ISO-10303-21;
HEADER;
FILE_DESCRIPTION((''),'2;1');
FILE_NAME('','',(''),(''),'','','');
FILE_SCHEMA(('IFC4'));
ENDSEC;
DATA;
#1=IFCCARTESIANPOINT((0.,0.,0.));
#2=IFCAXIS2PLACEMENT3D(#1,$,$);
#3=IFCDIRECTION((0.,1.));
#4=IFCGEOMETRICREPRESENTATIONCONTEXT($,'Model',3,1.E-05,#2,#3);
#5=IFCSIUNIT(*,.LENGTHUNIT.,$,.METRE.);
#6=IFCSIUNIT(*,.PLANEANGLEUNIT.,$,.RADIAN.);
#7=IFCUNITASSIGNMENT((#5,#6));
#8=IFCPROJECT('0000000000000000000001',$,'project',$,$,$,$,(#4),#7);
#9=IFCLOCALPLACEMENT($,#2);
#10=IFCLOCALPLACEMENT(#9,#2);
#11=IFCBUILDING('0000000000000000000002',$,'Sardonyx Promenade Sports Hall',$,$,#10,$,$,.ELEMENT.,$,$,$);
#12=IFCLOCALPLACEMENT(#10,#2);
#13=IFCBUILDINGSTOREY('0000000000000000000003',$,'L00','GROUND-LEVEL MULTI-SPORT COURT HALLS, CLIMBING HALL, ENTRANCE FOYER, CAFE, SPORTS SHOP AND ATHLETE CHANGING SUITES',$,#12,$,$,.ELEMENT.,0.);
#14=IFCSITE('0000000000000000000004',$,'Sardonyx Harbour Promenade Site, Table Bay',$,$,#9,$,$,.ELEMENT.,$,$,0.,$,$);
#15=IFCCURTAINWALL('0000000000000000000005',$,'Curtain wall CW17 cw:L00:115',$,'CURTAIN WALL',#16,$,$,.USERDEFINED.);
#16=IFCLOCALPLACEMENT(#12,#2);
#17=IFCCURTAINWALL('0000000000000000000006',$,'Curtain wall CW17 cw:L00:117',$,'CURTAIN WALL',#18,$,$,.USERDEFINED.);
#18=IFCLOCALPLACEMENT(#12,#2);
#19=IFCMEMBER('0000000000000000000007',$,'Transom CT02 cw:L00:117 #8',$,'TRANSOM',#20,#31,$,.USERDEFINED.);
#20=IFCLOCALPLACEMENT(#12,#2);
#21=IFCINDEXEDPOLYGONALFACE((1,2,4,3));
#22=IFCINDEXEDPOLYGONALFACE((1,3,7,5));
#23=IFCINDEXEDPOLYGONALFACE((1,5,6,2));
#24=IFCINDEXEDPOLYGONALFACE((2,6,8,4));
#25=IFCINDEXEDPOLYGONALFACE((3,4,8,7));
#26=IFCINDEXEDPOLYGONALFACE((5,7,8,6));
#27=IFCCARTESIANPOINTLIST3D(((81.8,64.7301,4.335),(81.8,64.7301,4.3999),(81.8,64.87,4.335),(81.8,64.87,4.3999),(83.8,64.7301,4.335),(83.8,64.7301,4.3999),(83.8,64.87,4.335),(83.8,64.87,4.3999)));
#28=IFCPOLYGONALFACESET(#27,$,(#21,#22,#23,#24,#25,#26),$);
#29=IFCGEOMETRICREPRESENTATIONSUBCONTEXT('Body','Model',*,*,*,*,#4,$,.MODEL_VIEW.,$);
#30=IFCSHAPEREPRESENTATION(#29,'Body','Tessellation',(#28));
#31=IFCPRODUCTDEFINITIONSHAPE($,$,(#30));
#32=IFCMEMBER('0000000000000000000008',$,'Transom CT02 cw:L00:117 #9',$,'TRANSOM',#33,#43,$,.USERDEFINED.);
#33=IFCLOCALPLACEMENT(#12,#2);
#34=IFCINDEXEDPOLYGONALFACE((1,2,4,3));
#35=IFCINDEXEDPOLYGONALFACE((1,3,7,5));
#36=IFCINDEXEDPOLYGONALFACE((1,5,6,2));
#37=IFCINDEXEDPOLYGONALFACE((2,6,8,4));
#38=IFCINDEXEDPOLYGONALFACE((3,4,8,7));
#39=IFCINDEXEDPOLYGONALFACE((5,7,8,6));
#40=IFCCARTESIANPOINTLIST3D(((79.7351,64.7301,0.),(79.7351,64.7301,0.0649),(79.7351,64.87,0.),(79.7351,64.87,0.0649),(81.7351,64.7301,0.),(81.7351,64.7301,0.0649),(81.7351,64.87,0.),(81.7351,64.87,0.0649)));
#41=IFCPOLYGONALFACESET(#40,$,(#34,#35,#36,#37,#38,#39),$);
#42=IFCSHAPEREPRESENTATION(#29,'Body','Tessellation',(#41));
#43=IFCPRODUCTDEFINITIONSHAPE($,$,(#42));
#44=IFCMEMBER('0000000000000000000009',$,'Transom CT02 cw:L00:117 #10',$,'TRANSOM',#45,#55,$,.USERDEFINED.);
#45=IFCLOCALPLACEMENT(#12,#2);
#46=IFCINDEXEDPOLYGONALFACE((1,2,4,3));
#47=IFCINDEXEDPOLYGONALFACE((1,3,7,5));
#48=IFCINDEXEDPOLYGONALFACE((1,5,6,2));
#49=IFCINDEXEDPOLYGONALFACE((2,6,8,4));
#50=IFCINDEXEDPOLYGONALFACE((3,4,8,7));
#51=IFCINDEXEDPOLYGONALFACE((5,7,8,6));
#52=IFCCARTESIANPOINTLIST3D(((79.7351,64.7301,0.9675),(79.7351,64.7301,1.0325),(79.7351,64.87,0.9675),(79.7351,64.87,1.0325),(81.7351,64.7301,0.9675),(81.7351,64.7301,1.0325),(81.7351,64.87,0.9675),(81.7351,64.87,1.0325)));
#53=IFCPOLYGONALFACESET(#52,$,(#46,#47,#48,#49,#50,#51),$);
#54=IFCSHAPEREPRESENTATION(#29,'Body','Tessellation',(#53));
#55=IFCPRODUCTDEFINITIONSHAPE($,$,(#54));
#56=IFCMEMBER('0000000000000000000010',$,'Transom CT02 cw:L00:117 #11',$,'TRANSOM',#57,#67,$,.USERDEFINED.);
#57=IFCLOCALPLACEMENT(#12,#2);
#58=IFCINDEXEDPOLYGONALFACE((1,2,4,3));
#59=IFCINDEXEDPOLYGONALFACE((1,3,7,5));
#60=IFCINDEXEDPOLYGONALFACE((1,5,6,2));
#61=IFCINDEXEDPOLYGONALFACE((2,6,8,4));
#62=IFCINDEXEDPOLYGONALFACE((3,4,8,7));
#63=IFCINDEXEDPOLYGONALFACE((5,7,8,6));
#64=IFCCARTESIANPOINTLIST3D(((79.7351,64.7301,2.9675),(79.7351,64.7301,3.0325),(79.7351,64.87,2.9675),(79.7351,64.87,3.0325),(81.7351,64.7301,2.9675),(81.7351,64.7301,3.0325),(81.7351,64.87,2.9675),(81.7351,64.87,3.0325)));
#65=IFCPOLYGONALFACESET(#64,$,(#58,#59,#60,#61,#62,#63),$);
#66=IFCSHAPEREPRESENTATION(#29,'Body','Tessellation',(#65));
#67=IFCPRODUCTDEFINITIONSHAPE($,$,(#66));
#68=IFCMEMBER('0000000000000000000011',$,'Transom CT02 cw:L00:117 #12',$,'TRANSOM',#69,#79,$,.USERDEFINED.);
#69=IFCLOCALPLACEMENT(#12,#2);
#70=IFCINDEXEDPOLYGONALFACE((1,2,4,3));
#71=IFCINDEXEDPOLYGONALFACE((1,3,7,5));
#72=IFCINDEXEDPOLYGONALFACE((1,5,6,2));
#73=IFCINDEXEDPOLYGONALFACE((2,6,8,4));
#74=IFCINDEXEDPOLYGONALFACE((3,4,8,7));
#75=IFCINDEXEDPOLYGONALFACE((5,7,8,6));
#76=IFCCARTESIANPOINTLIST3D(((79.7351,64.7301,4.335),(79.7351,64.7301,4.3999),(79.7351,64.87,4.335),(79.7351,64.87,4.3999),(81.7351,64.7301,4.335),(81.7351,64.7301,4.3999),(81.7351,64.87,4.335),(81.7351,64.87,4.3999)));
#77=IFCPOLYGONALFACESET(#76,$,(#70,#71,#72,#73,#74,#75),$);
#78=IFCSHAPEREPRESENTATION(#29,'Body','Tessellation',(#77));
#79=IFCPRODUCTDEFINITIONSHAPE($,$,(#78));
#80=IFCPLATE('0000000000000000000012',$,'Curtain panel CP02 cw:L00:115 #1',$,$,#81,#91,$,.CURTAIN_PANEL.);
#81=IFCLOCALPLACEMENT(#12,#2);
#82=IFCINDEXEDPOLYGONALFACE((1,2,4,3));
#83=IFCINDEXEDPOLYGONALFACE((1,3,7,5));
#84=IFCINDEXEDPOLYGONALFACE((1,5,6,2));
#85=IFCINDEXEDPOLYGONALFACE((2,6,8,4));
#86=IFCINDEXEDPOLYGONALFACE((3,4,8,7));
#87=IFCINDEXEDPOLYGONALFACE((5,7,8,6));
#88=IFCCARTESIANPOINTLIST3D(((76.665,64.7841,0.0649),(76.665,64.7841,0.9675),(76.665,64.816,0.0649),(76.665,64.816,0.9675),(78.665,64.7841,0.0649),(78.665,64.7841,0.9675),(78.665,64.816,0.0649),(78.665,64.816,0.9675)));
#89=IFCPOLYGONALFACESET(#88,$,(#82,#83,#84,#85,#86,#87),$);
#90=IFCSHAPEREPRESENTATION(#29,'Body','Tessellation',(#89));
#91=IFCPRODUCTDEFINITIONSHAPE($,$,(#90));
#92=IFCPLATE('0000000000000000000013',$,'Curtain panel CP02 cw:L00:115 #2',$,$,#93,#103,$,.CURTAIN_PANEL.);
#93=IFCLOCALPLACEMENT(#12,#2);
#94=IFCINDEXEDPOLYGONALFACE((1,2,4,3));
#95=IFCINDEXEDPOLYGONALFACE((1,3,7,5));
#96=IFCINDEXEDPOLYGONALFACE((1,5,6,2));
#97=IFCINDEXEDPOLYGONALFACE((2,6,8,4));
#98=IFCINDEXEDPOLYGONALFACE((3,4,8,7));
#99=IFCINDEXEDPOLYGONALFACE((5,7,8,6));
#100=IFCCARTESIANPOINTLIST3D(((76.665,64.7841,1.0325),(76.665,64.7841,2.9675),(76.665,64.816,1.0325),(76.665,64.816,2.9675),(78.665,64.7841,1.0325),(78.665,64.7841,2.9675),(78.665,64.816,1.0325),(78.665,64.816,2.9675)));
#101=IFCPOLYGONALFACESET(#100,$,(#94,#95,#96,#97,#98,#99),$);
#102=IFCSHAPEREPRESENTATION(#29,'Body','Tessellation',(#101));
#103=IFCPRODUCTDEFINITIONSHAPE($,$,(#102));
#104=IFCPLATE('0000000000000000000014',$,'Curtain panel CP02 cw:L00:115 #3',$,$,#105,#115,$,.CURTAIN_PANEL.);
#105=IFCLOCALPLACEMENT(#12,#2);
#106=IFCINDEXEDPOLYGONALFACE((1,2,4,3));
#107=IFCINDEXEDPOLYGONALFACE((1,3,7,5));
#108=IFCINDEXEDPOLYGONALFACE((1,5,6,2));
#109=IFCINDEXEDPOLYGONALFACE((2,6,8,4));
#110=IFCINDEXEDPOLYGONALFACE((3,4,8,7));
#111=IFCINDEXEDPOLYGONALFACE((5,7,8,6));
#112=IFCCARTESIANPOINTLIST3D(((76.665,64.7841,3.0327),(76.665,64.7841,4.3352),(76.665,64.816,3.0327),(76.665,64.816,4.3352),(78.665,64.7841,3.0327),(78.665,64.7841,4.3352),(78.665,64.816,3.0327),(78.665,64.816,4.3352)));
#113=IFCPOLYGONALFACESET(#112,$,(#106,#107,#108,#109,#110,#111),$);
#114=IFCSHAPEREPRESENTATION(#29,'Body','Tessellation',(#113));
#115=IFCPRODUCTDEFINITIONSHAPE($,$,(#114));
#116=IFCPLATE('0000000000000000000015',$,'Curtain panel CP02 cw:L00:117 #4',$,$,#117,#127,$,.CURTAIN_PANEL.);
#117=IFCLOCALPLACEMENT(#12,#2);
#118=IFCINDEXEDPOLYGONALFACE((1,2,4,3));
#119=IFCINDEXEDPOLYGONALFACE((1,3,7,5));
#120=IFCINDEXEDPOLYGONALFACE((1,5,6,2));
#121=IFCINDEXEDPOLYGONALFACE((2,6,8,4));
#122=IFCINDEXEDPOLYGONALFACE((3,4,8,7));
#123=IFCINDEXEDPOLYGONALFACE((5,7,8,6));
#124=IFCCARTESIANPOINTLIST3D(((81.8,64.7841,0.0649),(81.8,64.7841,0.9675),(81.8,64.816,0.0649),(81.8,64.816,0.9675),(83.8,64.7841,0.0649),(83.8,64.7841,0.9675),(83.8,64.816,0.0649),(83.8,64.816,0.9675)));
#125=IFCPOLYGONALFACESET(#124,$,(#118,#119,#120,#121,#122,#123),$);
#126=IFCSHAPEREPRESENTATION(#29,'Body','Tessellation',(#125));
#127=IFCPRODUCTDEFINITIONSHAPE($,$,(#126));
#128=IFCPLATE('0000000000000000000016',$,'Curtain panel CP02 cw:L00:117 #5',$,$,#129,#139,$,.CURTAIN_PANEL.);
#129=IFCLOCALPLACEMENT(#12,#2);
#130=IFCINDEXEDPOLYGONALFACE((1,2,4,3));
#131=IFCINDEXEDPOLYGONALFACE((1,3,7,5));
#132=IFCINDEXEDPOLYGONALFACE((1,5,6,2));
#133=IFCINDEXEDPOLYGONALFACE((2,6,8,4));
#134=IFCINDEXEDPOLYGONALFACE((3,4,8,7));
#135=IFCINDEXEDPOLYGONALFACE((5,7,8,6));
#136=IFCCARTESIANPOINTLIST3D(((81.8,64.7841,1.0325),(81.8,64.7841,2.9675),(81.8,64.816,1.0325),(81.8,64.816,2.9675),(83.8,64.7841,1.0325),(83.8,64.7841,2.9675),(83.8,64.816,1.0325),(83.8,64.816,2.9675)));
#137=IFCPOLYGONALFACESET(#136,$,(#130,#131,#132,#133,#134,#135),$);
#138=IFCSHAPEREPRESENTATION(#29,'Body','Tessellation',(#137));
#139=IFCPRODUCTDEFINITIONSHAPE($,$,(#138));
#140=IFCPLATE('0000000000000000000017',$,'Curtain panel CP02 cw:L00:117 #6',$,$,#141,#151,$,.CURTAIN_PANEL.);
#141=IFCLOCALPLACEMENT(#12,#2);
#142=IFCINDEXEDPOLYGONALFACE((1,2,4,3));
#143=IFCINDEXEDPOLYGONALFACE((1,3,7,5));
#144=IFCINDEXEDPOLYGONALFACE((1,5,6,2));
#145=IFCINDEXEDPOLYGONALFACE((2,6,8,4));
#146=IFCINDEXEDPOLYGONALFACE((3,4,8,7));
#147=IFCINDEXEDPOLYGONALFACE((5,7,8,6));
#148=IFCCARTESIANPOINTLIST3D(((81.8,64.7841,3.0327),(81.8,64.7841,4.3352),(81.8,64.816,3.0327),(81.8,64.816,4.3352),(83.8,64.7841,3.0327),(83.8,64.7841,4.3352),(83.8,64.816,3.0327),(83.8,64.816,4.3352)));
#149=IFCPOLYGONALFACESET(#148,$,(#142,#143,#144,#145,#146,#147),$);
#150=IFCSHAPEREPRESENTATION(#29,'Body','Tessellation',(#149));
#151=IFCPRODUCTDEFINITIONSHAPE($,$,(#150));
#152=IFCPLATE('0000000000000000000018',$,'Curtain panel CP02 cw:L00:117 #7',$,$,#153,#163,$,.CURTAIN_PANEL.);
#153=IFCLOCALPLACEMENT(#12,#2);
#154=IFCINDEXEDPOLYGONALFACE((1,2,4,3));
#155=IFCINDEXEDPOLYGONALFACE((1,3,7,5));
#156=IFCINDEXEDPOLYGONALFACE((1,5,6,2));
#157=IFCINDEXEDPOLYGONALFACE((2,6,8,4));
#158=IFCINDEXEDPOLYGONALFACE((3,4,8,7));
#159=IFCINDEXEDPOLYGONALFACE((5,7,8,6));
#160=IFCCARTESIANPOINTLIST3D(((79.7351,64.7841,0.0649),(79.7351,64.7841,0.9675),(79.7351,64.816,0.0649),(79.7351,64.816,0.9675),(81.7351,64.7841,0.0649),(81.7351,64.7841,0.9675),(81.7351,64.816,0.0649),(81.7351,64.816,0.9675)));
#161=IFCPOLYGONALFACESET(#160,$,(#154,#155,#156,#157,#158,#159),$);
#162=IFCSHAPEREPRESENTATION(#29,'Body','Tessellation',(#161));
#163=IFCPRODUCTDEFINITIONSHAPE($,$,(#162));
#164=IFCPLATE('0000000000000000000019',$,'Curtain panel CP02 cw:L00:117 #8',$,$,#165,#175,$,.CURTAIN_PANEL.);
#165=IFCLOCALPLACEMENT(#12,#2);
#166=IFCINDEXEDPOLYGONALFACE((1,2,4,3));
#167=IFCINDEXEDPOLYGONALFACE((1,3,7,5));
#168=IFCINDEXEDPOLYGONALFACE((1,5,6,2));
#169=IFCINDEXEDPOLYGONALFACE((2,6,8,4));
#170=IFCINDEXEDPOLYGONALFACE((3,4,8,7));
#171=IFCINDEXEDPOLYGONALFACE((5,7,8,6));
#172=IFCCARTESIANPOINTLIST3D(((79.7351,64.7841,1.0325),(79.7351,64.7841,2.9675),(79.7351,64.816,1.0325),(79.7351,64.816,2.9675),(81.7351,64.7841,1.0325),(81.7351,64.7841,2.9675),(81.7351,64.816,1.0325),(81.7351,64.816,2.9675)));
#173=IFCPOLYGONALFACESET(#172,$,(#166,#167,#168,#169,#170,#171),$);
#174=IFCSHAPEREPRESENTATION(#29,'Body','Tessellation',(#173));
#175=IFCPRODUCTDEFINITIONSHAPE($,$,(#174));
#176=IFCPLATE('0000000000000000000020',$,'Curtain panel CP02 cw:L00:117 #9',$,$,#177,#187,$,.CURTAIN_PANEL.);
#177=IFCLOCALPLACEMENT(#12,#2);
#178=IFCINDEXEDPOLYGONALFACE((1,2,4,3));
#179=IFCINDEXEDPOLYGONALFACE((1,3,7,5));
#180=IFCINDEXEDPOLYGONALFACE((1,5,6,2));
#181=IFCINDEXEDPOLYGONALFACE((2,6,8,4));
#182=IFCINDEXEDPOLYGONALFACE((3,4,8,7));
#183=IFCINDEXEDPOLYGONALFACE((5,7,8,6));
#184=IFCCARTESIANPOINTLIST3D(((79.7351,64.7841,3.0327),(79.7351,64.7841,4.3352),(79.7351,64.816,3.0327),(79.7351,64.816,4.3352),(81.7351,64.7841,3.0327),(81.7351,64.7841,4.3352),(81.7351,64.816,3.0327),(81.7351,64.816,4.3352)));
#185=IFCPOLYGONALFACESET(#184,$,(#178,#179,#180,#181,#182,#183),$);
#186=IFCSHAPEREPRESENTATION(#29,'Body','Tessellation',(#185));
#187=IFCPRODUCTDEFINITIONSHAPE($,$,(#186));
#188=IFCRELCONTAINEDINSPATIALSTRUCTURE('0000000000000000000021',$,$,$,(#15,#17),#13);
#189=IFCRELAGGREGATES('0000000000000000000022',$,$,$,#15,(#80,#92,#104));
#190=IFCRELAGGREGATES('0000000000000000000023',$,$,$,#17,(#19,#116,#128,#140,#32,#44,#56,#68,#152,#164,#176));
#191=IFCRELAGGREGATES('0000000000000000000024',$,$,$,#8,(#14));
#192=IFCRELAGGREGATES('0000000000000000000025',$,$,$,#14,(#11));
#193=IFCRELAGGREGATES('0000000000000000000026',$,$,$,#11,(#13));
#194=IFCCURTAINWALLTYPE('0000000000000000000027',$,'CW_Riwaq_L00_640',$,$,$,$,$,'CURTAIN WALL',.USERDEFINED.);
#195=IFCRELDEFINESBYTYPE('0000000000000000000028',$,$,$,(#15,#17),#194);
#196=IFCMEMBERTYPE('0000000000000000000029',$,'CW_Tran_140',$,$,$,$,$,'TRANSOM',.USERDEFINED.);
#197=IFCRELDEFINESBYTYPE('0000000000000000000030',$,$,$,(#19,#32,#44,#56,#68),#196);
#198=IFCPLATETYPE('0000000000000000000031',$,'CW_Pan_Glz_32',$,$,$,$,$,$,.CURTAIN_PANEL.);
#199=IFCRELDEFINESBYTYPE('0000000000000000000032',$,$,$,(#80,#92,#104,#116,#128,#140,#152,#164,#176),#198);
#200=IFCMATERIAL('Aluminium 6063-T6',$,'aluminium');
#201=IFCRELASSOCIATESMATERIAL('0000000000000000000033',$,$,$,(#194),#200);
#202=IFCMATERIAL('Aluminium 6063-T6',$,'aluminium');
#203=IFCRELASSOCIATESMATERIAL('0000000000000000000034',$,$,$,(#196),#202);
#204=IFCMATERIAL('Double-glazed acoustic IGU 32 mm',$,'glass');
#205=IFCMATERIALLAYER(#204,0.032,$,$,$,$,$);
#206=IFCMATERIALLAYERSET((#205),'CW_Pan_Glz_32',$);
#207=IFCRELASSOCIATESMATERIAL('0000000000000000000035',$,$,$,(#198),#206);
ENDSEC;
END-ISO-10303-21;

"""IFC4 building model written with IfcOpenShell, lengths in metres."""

from ifc_helpers import new_model, si_unit, direction, frame, origin, origin_2d, place, context, subcontext, project, spatial, rectangle, extrude, material, layer, layer_set, material_profile, profile_set, type_object, element, aggregate, save


model = new_model("IFC4")

# Units and contexts
model_context = context("Model", 3, precision=1e-05, world=origin(), true_north=direction((0.0, 1.0)))
body_context = subcontext(model_context, "Body", "Model", "MODEL_VIEW")
ifc_project = project(units=[si_unit("LENGTHUNIT", "METRE"), si_unit("PLANEANGLEUNIT", "RADIAN")], contexts=[model_context])

# Site, building, storey
site_placement = place(None, origin())
site = spatial("IfcSite", under=ifc_project, at=site_placement, Name="Sardonyx Harbour Promenade Site, Table Bay", CompositionType="ELEMENT", RefElevation=0.0)
building_placement = place(site_placement, origin())
building = spatial("IfcBuilding", under=site, at=building_placement, Name="Sardonyx Promenade Sports Hall", CompositionType="ELEMENT")
storey_placement = place(building_placement, origin())
storey = spatial("IfcBuildingStorey", under=building, at=storey_placement, Name="L00", Description="GROUND-LEVEL MULTI-SPORT COURT HALLS, CLIMBING HALL, ENTRANCE FOYER, CAFE, SPORTS SHOP AND ATHLETE CHANGING SUITES", CompositionType="ELEMENT", Elevation=0.0)

# Curtain wall
ifc_material_1 = material(Name="Aluminium 6063-T6", Category="aluminium")
curtain_wall_type = type_object("IfcCurtainWallType", Name="CW_Riwaq_L00_640", ElementType="CURTAIN WALL", PredefinedType="USERDEFINED", material=ifc_material_1)
curtain_wall_1_placement = place(storey_placement, origin())
curtain_wall_1 = element("IfcCurtainWall", 1, at=curtain_wall_1_placement, inside=storey, type_object=curtain_wall_type, Name="Curtain wall CW17 cw:L00:115", ObjectType="CURTAIN WALL", PredefinedType="USERDEFINED")

# Curtain wall
curtain_wall_2_placement = place(storey_placement, origin())
curtain_wall_2 = element("IfcCurtainWall", 2, at=curtain_wall_2_placement, inside=storey, type_object=curtain_wall_type, Name="Curtain wall CW17 cw:L00:117", ObjectType="CURTAIN WALL", PredefinedType="USERDEFINED")

# Members
ifc_material_2 = material(Name="Aluminium 6063-T6", Category="aluminium")
ifc_material_profile_1 = material_profile(ifc_material_2, rectangle(XDim=0.0649, YDim=0.1399, at=origin_2d()))
ifc_profile_set_1 = profile_set([ifc_material_profile_1], Name="Aluminium 6063-T6")
member_type_1 = type_object("IfcMemberType", Name="CW_Tran_140", ElementType="TRANSOM", PredefinedType="USERDEFINED", material=ifc_profile_set_1)
member_1_placement = place(storey_placement, frame((83.8, 64.8, 4.3674), z_axis=(-1.0, 0.0, 0.0), x_axis=(0.0, 0.0, 1.0)))
member_1 = element("IfcMember", 3, at=member_1_placement, type_object=member_type_1, Name="Transom CT02 cw:L00:117 #8", ObjectType="TRANSOM", PredefinedType="USERDEFINED", context=body_context, shape_type="SweptSolid", body=[
    extrude(rectangle(XDim=0.0649, YDim=0.1399, at=origin_2d()), origin(), (0.0, 0.0, 1.0), 2.0),
])
member_2_placement = place(storey_placement, frame((81.7351, 64.8, 0.0325), z_axis=(-1.0, 0.0, 0.0), x_axis=(0.0, 0.0, 1.0)))
member_2 = element("IfcMember", 4, at=member_2_placement, type_object=member_type_1, Name="Transom CT02 cw:L00:117 #9", ObjectType="TRANSOM", PredefinedType="USERDEFINED", context=body_context, shape_type="SweptSolid", body=[
    extrude(rectangle(XDim=0.0649, YDim=0.1399, at=origin_2d()), origin(), (0.0, 0.0, 1.0), 2.0),
])
member_3_placement = place(storey_placement, frame((81.7351, 64.8, 1.0), z_axis=(-1.0, 0.0, 0.0), x_axis=(0.0, 0.0, 1.0)))
member_3 = element("IfcMember", 5, at=member_3_placement, type_object=member_type_1, Name="Transom CT02 cw:L00:117 #10", ObjectType="TRANSOM", PredefinedType="USERDEFINED", context=body_context, shape_type="SweptSolid", body=[
    extrude(rectangle(XDim=0.0649, YDim=0.1399, at=origin_2d()), origin(), (0.0, 0.0, 1.0), 2.0),
])
member_4_placement = place(storey_placement, frame((81.7351, 64.8, 3.0), z_axis=(-1.0, 0.0, 0.0), x_axis=(0.0, 0.0, 1.0)))
member_4 = element("IfcMember", 6, at=member_4_placement, type_object=member_type_1, Name="Transom CT02 cw:L00:117 #11", ObjectType="TRANSOM", PredefinedType="USERDEFINED", context=body_context, shape_type="SweptSolid", body=[
    extrude(rectangle(XDim=0.0649, YDim=0.1399, at=origin_2d()), origin(), (0.0, 0.0, 1.0), 2.0),
])
member_5_placement = place(storey_placement, frame((81.7351, 64.8, 4.3674), z_axis=(-1.0, 0.0, 0.0), x_axis=(0.0, 0.0, 1.0)))
member_5 = element("IfcMember", 7, at=member_5_placement, type_object=member_type_1, Name="Transom CT02 cw:L00:117 #12", ObjectType="TRANSOM", PredefinedType="USERDEFINED", context=body_context, shape_type="SweptSolid", body=[
    extrude(rectangle(XDim=0.0649, YDim=0.1399, at=origin_2d()), origin(), (0.0, 0.0, 1.0), 2.0),
])

# Plates
ifc_material_3 = material(Name="Double-glazed acoustic IGU 32 mm", Category="glass")
ifc_layer = layer(ifc_material_3, 0.032)
ifc_layer_set = layer_set([ifc_layer], Name="CW_Pan_Glz_32")
plate_type = type_object("IfcPlateType", Name="CW_Pan_Glz_32", PredefinedType="CURTAIN_PANEL", material=ifc_layer_set)
plate_1_placement = place(storey_placement, frame((77.665, 64.8, 0.0649), z_axis=(0.0, 0.0, 1.0), x_axis=(-1.0, 0.0, 0.0)))
plate_1 = element("IfcPlate", 8, at=plate_1_placement, type_object=plate_type, Name="Curtain panel CP02 cw:L00:115 #1", PredefinedType="CURTAIN_PANEL", context=body_context, shape_type="SweptSolid", body=[
    extrude(rectangle(XDim=2.0, YDim=0.032, at=origin_2d()), origin(), (0.0, 0.0, 1.0), 0.9026),
])
plate_2_placement = place(storey_placement, frame((77.665, 64.8, 1.0325), z_axis=(0.0, 0.0, 1.0), x_axis=(-1.0, 0.0, 0.0)))
plate_2 = element("IfcPlate", 9, at=plate_2_placement, type_object=plate_type, Name="Curtain panel CP02 cw:L00:115 #2", PredefinedType="CURTAIN_PANEL", context=body_context, shape_type="SweptSolid", body=[
    extrude(rectangle(XDim=2.0, YDim=0.032, at=origin_2d()), origin(), (0.0, 0.0, 1.0), 1.9351),
])
plate_3_placement = place(storey_placement, frame((77.665, 64.8, 3.0327), z_axis=(0.0, 0.0, 1.0), x_axis=(-1.0, 0.0, 0.0)))
plate_3 = element("IfcPlate", 10, at=plate_3_placement, type_object=plate_type, Name="Curtain panel CP02 cw:L00:115 #3", PredefinedType="CURTAIN_PANEL", context=body_context, shape_type="SweptSolid", body=[
    extrude(rectangle(XDim=2.0, YDim=0.032, at=origin_2d()), origin(), (0.0, 0.0, 1.0), 1.3025),
])
aggregate(curtain_wall_1, [plate_1, plate_2, plate_3])
plate_4_placement = place(storey_placement, frame((82.8, 64.8, 0.0649), z_axis=(0.0, 0.0, 1.0), x_axis=(-1.0, 0.0, 0.0)))
plate_4 = element("IfcPlate", 11, at=plate_4_placement, type_object=plate_type, Name="Curtain panel CP02 cw:L00:117 #4", PredefinedType="CURTAIN_PANEL", context=body_context, shape_type="SweptSolid", body=[
    extrude(rectangle(XDim=2.0, YDim=0.032, at=origin_2d()), origin(), (0.0, 0.0, 1.0), 0.9026),
])
plate_5_placement = place(storey_placement, frame((82.8, 64.8, 1.0325), z_axis=(0.0, 0.0, 1.0), x_axis=(-1.0, 0.0, 0.0)))
plate_5 = element("IfcPlate", 12, at=plate_5_placement, type_object=plate_type, Name="Curtain panel CP02 cw:L00:117 #5", PredefinedType="CURTAIN_PANEL", context=body_context, shape_type="SweptSolid", body=[
    extrude(rectangle(XDim=2.0, YDim=0.032, at=origin_2d()), origin(), (0.0, 0.0, 1.0), 1.9351),
])
plate_6_placement = place(storey_placement, frame((82.8, 64.8, 3.0327), z_axis=(0.0, 0.0, 1.0), x_axis=(-1.0, 0.0, 0.0)))
plate_6 = element("IfcPlate", 13, at=plate_6_placement, type_object=plate_type, Name="Curtain panel CP02 cw:L00:117 #6", PredefinedType="CURTAIN_PANEL", context=body_context, shape_type="SweptSolid", body=[
    extrude(rectangle(XDim=2.0, YDim=0.032, at=origin_2d()), origin(), (0.0, 0.0, 1.0), 1.3025),
])
plate_7_placement = place(storey_placement, frame((80.7351, 64.8, 0.0649), z_axis=(0.0, 0.0, 1.0), x_axis=(-1.0, 0.0, 0.0)))
plate_7 = element("IfcPlate", 14, at=plate_7_placement, type_object=plate_type, Name="Curtain panel CP02 cw:L00:117 #7", PredefinedType="CURTAIN_PANEL", context=body_context, shape_type="SweptSolid", body=[
    extrude(rectangle(XDim=2.0, YDim=0.032, at=origin_2d()), origin(), (0.0, 0.0, 1.0), 0.9026),
])
plate_8_placement = place(storey_placement, frame((80.7351, 64.8, 1.0325), z_axis=(0.0, 0.0, 1.0), x_axis=(-1.0, 0.0, 0.0)))
plate_8 = element("IfcPlate", 15, at=plate_8_placement, type_object=plate_type, Name="Curtain panel CP02 cw:L00:117 #8", PredefinedType="CURTAIN_PANEL", context=body_context, shape_type="SweptSolid", body=[
    extrude(rectangle(XDim=2.0, YDim=0.032, at=origin_2d()), origin(), (0.0, 0.0, 1.0), 1.9351),
])
plate_9_placement = place(storey_placement, frame((80.7351, 64.8, 3.0327), z_axis=(0.0, 0.0, 1.0), x_axis=(-1.0, 0.0, 0.0)))
plate_9 = element("IfcPlate", 16, at=plate_9_placement, type_object=plate_type, Name="Curtain panel CP02 cw:L00:117 #9", PredefinedType="CURTAIN_PANEL", context=body_context, shape_type="SweptSolid", body=[
    extrude(rectangle(XDim=2.0, YDim=0.032, at=origin_2d()), origin(), (0.0, 0.0, 1.0), 1.3025),
])
aggregate(curtain_wall_2, [member_1, plate_4, plate_5, plate_6, member_2, member_3, member_4, member_5, plate_7, plate_8, plate_9])

save(model, "model.ifc")
